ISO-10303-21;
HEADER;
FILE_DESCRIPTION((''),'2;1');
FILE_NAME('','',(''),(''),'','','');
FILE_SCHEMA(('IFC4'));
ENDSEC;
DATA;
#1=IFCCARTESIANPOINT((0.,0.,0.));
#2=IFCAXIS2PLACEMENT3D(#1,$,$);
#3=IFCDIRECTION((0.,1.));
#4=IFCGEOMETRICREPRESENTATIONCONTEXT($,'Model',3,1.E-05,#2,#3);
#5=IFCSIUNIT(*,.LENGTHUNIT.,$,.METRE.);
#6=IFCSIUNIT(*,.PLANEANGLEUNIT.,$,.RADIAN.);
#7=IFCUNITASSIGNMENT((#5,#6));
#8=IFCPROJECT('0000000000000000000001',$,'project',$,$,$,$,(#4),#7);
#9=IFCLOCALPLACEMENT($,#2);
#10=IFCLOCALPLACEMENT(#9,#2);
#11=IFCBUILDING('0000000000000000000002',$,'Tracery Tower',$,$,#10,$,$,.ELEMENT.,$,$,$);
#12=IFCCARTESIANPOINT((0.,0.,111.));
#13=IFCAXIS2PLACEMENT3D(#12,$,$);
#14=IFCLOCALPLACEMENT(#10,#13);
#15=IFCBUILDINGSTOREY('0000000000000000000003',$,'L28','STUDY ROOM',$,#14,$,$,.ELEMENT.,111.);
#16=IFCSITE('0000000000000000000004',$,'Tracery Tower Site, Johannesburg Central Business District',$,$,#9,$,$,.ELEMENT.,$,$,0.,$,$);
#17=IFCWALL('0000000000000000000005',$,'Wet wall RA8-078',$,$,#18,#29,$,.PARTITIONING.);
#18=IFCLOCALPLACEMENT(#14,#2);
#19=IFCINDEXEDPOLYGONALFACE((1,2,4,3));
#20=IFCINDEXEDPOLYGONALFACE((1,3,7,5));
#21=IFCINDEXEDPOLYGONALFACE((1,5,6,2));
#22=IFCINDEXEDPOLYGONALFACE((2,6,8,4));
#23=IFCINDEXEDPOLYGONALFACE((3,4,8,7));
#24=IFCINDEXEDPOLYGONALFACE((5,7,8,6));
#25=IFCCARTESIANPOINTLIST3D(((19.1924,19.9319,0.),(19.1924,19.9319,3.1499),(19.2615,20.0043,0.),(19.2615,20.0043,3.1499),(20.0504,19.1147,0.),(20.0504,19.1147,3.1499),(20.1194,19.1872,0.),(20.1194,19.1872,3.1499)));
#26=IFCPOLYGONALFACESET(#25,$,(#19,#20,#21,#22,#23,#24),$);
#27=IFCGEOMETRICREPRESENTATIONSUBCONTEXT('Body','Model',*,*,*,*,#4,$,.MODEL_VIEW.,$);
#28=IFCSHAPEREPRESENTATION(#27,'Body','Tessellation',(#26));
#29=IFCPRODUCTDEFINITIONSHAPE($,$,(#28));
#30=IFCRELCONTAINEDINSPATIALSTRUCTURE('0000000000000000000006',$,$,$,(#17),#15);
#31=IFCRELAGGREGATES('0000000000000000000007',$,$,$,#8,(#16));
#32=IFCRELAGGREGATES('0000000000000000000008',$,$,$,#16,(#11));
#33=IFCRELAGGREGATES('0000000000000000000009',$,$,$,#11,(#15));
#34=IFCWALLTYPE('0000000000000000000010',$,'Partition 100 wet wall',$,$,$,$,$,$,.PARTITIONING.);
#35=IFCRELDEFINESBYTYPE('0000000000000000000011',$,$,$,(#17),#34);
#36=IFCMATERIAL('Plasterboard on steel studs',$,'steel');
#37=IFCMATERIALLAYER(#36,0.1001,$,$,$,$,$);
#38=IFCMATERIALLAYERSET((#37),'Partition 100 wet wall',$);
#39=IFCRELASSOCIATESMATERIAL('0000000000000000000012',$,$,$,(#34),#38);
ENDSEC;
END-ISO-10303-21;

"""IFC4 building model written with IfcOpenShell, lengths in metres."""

from ifc_helpers import new_model, si_unit, direction, frame, frame_2d, origin, place, context, subcontext, project, spatial, rectangle, extrude, material, layer, layer_set, type_object, element, save


model = new_model("IFC4")

# Units and contexts
model_context = context("Model", 3, precision=1e-05, world=origin(), true_north=direction((0.0, 1.0)))
body_context = subcontext(model_context, "Body", "Model", "MODEL_VIEW")
ifc_project = project(units=[si_unit("LENGTHUNIT", "METRE"), si_unit("PLANEANGLEUNIT", "RADIAN")], contexts=[model_context])

# Site, building, storey
site_placement = place(None, origin())
site = spatial("IfcSite", under=ifc_project, at=site_placement, Name="Tracery Tower Site, Johannesburg Central Business District", CompositionType="ELEMENT", RefElevation=0.0)
building_placement = place(site_placement, origin())
building = spatial("IfcBuilding", under=site, at=building_placement, Name="Tracery Tower", CompositionType="ELEMENT")
storey_placement = place(building_placement, frame((0.0, 0.0, 111.0)))
storey = spatial("IfcBuildingStorey", under=building, at=storey_placement, Name="L28", Description="STUDY ROOM", CompositionType="ELEMENT", Elevation=111.0)

# Wall
ifc_material_1 = material(Name="Plasterboard on steel studs", Category="steel")
ifc_layer_1 = layer(ifc_material_1, 0.1001)
ifc_layer_set_1 = layer_set([ifc_layer_1], Name="Partition 100 wet wall")
wall_type_1 = type_object("IfcWallType", Name="Partition 100 wet wall", PredefinedType="PARTITIONING", material=ifc_layer_set_1)
wall_1_placement = place(storey_placement, frame((19.2271, 19.968, 0.0), z_axis=(0.0, 0.0, 1.0), x_axis=(0.724104, -0.689691, 0.0)))
element("IfcWall", 1, at=wall_1_placement, inside=storey, type_object=wall_type_1, Name="Wet wall RA8-078", PredefinedType="PARTITIONING", context=body_context, shape_type="SweptSolid", body=[
    extrude(rectangle(XDim=1.1848, YDim=0.1001, at=frame_2d((0.5923, 0.0))), origin(), (0.0, 0.0, 1.0), 3.1499),
])

save(model, "model.ifc")
